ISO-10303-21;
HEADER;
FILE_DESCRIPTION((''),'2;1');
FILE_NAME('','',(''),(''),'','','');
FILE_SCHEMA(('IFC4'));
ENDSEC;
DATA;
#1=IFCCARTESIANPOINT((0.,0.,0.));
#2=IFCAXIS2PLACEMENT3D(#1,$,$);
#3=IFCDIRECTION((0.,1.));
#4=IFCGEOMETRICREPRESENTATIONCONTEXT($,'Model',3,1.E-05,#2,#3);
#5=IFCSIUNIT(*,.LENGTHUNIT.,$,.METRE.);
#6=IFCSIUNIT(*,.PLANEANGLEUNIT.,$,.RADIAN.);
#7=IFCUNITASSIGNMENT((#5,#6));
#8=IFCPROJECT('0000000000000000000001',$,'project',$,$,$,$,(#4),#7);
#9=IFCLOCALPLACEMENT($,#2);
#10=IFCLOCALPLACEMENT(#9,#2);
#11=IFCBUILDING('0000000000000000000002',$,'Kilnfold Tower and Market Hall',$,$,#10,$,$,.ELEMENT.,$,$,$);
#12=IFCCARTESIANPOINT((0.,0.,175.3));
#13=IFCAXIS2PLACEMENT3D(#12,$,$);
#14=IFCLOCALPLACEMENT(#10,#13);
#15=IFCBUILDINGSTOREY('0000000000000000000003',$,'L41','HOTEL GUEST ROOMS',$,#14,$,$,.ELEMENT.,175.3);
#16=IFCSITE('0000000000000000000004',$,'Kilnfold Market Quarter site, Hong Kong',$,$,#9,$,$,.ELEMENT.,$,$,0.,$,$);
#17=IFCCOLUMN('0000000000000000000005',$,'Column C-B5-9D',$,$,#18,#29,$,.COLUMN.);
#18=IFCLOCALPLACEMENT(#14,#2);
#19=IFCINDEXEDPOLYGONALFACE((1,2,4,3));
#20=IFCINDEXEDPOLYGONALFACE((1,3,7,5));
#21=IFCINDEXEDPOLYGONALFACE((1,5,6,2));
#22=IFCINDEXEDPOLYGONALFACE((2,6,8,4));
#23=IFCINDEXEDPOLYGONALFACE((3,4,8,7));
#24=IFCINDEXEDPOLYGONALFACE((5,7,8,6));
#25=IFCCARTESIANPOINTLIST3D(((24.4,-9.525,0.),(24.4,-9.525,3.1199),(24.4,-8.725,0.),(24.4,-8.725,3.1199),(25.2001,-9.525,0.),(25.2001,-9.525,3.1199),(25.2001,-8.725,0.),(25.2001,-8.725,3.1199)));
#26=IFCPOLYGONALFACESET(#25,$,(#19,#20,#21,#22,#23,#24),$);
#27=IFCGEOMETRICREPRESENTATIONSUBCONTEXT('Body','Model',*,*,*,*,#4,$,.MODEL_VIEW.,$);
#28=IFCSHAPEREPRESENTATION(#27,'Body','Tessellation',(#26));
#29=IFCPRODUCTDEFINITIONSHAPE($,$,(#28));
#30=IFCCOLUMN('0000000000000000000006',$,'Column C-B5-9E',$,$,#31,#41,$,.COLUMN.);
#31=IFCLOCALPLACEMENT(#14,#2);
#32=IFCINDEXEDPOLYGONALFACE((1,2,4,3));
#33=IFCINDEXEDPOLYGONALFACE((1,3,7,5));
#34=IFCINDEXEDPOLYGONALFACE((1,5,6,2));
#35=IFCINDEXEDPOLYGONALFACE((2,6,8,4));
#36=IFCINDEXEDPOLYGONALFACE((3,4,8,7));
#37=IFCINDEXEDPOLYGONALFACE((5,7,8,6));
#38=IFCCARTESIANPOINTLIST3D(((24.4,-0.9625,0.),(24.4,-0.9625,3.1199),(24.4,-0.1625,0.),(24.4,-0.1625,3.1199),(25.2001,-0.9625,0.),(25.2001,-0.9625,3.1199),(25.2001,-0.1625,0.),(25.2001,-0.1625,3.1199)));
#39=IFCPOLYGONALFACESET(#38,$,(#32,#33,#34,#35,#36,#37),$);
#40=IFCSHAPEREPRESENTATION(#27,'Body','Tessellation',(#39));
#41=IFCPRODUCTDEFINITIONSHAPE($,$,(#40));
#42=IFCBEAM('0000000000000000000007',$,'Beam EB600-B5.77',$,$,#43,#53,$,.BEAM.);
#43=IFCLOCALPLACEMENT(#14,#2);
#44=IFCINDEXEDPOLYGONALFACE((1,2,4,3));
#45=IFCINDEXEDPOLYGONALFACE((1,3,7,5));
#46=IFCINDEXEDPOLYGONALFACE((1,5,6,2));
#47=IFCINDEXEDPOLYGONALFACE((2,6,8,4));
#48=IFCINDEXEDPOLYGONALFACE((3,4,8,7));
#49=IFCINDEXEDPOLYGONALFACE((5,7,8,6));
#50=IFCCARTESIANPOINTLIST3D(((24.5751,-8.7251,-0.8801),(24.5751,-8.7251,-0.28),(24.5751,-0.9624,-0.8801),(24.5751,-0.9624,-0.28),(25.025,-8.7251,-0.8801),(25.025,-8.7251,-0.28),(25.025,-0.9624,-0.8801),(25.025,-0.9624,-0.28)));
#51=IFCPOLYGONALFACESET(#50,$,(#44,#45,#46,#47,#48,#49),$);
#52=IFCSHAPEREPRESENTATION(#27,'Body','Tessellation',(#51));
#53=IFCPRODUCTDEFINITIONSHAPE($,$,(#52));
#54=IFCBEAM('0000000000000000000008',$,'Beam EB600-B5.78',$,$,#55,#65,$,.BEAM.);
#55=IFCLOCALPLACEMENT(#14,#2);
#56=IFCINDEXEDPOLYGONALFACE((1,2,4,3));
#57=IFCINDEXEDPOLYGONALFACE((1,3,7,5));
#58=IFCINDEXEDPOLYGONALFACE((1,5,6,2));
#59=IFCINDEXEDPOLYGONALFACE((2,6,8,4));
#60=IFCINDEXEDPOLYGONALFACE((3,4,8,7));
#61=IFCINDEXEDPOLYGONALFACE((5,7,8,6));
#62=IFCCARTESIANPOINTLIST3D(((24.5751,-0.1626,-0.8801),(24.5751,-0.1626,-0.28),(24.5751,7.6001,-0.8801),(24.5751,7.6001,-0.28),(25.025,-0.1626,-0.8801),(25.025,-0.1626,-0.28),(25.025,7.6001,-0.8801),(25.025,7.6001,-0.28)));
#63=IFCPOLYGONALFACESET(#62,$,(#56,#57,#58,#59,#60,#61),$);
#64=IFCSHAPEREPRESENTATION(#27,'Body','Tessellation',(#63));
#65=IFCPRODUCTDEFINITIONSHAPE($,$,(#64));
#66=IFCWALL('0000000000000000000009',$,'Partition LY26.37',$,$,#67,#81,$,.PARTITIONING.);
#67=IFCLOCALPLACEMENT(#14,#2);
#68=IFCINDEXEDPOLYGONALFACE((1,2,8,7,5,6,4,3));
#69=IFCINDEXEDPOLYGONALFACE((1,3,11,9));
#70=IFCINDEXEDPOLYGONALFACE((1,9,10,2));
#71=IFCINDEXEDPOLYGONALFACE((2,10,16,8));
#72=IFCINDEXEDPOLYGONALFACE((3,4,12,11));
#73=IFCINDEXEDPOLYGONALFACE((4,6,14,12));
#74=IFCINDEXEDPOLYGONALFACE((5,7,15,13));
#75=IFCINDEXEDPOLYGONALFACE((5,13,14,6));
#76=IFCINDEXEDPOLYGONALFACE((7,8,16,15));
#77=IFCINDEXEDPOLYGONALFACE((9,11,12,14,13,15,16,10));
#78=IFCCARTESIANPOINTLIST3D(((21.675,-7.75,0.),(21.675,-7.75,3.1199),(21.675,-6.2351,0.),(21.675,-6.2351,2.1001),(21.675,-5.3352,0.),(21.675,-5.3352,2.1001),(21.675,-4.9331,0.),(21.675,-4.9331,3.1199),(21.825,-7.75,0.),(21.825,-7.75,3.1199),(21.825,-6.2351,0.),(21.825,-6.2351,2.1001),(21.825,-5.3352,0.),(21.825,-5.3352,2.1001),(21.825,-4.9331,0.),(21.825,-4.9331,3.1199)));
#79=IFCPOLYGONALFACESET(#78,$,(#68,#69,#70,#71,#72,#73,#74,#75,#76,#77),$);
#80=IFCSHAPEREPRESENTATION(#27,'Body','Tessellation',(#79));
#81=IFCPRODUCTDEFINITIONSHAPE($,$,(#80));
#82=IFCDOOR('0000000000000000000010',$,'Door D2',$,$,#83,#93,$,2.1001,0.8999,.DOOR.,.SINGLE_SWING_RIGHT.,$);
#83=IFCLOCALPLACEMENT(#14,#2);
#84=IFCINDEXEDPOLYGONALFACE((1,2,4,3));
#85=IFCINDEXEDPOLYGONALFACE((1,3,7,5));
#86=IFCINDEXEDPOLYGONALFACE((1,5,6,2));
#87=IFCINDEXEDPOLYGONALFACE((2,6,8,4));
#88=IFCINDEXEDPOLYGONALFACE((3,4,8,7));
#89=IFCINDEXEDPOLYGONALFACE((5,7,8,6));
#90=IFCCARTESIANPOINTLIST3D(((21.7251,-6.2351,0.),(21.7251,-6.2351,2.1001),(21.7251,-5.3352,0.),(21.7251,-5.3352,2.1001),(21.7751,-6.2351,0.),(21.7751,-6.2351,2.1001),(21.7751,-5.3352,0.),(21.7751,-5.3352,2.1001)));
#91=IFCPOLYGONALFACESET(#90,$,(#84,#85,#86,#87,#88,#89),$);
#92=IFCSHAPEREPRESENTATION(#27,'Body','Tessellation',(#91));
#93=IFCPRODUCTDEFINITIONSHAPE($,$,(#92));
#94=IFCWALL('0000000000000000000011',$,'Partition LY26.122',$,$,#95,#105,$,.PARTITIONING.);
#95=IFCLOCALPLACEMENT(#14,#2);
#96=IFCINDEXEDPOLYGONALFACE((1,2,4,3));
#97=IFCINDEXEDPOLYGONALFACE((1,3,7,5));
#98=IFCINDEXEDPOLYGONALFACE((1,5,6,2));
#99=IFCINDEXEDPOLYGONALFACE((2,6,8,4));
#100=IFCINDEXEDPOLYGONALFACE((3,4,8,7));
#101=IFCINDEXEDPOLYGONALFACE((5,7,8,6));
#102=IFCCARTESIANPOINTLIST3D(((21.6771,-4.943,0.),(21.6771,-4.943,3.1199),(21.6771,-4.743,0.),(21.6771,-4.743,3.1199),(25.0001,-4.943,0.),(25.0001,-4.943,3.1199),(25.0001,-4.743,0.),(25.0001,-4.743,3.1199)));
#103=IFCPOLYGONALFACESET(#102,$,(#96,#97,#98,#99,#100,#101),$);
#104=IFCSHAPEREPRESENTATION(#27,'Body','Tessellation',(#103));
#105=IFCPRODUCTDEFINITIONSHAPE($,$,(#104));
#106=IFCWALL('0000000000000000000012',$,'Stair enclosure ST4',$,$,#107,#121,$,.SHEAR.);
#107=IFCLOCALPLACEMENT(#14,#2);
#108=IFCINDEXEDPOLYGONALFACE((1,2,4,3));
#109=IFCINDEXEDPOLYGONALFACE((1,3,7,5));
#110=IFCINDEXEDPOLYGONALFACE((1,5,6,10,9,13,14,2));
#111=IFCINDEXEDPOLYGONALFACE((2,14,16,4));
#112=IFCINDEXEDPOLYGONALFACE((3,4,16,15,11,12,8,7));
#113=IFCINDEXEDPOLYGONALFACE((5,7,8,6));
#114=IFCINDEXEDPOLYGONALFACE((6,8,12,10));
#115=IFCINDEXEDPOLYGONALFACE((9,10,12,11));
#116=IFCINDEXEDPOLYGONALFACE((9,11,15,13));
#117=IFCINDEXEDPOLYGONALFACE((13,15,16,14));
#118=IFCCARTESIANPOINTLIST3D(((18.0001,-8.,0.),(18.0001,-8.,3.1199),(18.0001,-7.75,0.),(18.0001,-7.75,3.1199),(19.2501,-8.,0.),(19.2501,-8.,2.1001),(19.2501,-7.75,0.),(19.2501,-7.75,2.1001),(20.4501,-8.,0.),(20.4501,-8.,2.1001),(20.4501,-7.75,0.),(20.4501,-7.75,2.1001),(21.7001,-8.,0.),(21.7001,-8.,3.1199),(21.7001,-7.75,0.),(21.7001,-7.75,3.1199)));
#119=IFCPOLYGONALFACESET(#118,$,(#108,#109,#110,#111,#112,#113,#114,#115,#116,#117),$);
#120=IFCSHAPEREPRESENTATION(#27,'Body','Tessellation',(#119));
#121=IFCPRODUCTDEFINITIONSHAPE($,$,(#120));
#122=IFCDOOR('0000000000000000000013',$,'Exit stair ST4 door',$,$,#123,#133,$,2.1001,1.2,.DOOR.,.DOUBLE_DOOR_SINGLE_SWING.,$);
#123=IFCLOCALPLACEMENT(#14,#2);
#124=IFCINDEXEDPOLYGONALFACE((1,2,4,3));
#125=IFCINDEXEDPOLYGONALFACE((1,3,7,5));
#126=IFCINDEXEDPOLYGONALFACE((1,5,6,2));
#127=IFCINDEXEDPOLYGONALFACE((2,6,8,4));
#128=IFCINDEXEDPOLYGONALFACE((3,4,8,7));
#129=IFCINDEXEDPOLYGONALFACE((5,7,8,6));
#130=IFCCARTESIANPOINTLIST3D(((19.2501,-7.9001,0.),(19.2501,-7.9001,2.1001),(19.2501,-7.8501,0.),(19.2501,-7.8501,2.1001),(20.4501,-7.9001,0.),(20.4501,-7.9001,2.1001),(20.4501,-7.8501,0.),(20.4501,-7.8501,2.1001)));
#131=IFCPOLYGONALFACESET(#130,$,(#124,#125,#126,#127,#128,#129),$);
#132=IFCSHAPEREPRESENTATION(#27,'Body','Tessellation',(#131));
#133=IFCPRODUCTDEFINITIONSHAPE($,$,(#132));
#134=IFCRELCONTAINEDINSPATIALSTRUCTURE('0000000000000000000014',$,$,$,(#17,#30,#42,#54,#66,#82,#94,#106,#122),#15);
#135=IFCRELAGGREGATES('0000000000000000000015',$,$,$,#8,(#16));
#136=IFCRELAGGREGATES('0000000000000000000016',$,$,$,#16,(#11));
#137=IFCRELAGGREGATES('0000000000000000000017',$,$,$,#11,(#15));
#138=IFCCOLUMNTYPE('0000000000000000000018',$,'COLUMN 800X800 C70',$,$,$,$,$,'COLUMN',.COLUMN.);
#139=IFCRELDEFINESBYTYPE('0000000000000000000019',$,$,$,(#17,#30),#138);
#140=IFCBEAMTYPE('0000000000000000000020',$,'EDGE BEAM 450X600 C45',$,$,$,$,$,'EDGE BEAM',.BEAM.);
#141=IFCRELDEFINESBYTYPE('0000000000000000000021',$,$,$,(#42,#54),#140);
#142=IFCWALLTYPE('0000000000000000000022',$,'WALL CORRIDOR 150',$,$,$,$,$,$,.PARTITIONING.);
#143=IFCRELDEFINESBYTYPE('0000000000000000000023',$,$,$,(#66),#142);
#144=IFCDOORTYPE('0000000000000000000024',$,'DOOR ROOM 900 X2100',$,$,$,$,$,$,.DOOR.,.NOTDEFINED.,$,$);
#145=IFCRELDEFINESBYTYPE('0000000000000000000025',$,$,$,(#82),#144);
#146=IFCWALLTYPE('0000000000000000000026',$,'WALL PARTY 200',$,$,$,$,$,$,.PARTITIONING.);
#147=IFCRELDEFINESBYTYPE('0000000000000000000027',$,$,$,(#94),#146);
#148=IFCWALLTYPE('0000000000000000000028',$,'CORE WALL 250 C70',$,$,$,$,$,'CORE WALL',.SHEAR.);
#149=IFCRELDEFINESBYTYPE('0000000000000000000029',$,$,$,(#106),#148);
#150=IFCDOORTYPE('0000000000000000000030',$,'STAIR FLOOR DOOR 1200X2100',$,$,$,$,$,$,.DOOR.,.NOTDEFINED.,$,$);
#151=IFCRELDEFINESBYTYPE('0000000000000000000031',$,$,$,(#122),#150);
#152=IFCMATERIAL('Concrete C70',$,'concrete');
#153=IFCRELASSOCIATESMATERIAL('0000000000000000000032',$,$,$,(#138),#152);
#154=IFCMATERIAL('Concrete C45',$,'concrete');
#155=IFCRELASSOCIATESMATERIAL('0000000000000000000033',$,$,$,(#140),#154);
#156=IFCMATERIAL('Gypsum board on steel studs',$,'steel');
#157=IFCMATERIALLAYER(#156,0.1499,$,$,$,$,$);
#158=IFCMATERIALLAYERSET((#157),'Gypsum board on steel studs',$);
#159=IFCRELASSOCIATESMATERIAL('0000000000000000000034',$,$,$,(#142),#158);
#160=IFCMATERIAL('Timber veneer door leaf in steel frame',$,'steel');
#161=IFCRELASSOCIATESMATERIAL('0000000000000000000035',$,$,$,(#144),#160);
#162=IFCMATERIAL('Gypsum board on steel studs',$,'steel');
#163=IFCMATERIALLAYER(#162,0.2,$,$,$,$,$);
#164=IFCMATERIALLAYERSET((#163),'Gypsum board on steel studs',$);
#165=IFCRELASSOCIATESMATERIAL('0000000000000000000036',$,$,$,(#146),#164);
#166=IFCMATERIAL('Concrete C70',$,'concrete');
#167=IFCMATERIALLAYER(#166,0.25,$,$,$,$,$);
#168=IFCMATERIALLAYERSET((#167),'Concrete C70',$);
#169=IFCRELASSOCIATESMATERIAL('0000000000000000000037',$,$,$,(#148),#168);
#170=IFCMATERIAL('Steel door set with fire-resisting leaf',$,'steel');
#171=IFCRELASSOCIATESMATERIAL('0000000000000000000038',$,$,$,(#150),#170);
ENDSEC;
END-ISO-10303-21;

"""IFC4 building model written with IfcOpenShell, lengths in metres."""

from ifc_helpers import new_model, si_unit, direction, frame, frame_2d, origin, origin_2d, place, context, subcontext, project, spatial, rectangle, extrude, source, transform, mapped, material, layer, layer_set, material_profile, profile_set, type_object, element, fill, save


model = new_model("IFC4")

# Units and contexts
model_context = context("Model", 3, precision=1e-05, world=origin(), true_north=direction((0.0, 1.0)))
body_context = subcontext(model_context, "Body", "Model", "MODEL_VIEW")
ifc_project = project(units=[si_unit("LENGTHUNIT", "METRE"), si_unit("PLANEANGLEUNIT", "RADIAN")], contexts=[model_context])

# Site, building, storey
site_placement = place(None, origin())
site = spatial("IfcSite", under=ifc_project, at=site_placement, Name="Kilnfold Market Quarter site, Hong Kong", CompositionType="ELEMENT", RefElevation=0.0)
building_placement = place(site_placement, origin())
building = spatial("IfcBuilding", under=site, at=building_placement, Name="Kilnfold Tower and Market Hall", CompositionType="ELEMENT")
storey_placement = place(building_placement, frame((0.0, 0.0, 175.3)))
storey = spatial("IfcBuildingStorey", under=building, at=storey_placement, Name="L41", Description="HOTEL GUEST ROOMS", CompositionType="ELEMENT", Elevation=175.3)

# Columns
ifc_material_1 = material(Name="Concrete C70", Category="concrete")
ifc_material_profile_1 = material_profile(ifc_material_1, rectangle(XDim=0.8, YDim=0.8, at=origin_2d()), Name="RC 800x800")
ifc_profile_set_1 = profile_set([ifc_material_profile_1], Name="Concrete C70")
column_type = type_object("IfcColumnType", Name="COLUMN 800X800 C70", ElementType="COLUMN", PredefinedType="COLUMN", material=ifc_profile_set_1)
shared_shape_1 = source(origin(), body_context, "Body", "SweptSolid", [
    extrude(rectangle(XDim=0.8, YDim=0.8, at=origin_2d()), origin(), (0.0, 0.0, 1.0), 3.1199),
])
for number, where, z_axis, x_axis, name in (
    (1, (24.8, -9.125, 0.0), (0.0, 0.0, 1.0), (1.0, 0.0, 0.0), "Column C-B5-9D"),
    (2, (24.8, -0.5625, 0.0), (0.0, 0.0, 1.0), (1.0, 0.0, 0.0), "Column C-B5-9E"),
):
    element("IfcColumn", number, at=place(storey_placement, frame(where, z_axis=z_axis, x_axis=x_axis)), inside=storey, type_object=column_type, Name=name, PredefinedType="COLUMN", context=body_context, shape_type="MappedRepresentation", body=[
        mapped(shared_shape_1, transform((0.0, 0.0, 0.0))),
    ])

# Beams
ifc_material_2 = material(Name="Concrete C45", Category="concrete")
ifc_material_profile_2 = material_profile(ifc_material_2, rectangle(XDim=0.45, YDim=0.6001, at=origin_2d()), Name="RC 450x600")
ifc_profile_set_2 = profile_set([ifc_material_profile_2], Name="Concrete C45")
beam_type = type_object("IfcBeamType", Name="EDGE BEAM 450X600 C45", ElementType="EDGE BEAM", PredefinedType="BEAM", material=ifc_profile_set_2)
shared_shape_2 = source(origin(), body_context, "Body", "SweptSolid", [
    extrude(rectangle(XDim=0.45, YDim=0.6001, at=origin_2d()), origin(), (0.0, 0.0, 1.0), 7.7627),
])
for number, where, z_axis, x_axis, name in (
    (3, (24.8, -8.7251, -0.5801), (0.0, 1.0, 0.0), (-1.0, 0.0, 0.0), "Beam EB600-B5.77"),
    (4, (24.8, -0.1626, -0.5801), (0.0, 1.0, 0.0), (-1.0, 0.0, 0.0), "Beam EB600-B5.78"),
):
    element("IfcBeam", number, at=place(storey_placement, frame(where, z_axis=z_axis, x_axis=x_axis)), inside=storey, type_object=beam_type, Name=name, PredefinedType="BEAM", context=body_context, shape_type="MappedRepresentation", body=[
        mapped(shared_shape_2, transform((0.0, 0.0, 0.0))),
    ])

# Wall, opening, door
ifc_material_3 = material(Name="Gypsum board on steel studs", Category="steel")
ifc_layer_1 = layer(ifc_material_3, 0.1499)
ifc_layer_set_1 = layer_set([ifc_layer_1], Name="Gypsum board on steel studs")
wall_type_1 = type_object("IfcWallType", Name="WALL CORRIDOR 150", PredefinedType="PARTITIONING", material=ifc_layer_set_1)
wall_1_placement = place(storey_placement, frame((21.75, -7.75, 0.0), z_axis=(0.0, 0.0, 1.0), x_axis=(0.0, 1.0, 0.0)))
wall_1 = element("IfcWall", 5, at=wall_1_placement, inside=storey, type_object=wall_type_1, Name="Partition LY26.37", PredefinedType="PARTITIONING", context=body_context, shape_type="SweptSolid", body=[
    extrude(rectangle(XDim=2.8169, YDim=0.1499, at=frame_2d((1.4084, 0.0))), origin(), (0.0, 0.0, 1.0), 3.1199),
])
opening_1_placement = place(wall_1_placement, frame((1.5149, 0.0, 0.0)))
opening_1 = element("IfcOpeningElement", 6, at=opening_1_placement, cuts=wall_1, PredefinedType="OPENING", context=body_context, shape_type="SweptSolid", body=[
    extrude(rectangle(XDim=0.8999, YDim=2.1001, at=frame_2d((0.45, 1.05))), frame((0.0, 0.085, 0.0), z_axis=(0.0, -1.0, 0.0), x_axis=(1.0, 0.0, 0.0)), (0.0, 0.0, 1.0), 0.1699),
])
ifc_material_4 = material(Name="Timber veneer door leaf in steel frame", Category="steel")
door_type_1 = type_object("IfcDoorType", Name="DOOR ROOM 900 X2100", OperationType="NOTDEFINED", PredefinedType="DOOR", material=ifc_material_4)
door_1_placement = place(opening_1_placement, origin())
door_1 = element("IfcDoor", 7, at=door_1_placement, inside=storey, type_object=door_type_1, Name="Door D2", OperationType="SINGLE_SWING_RIGHT", OverallHeight=2.1001, OverallWidth=0.8999, PredefinedType="DOOR", context=body_context, shape_type="SweptSolid", body=[
    extrude(rectangle(XDim=0.8999, YDim=2.1001, at=frame_2d((0.45, 1.05))), frame((0.0, 0.0249, 0.0), z_axis=(0.0, -1.0, 0.0), x_axis=(1.0, 0.0, 0.0)), (0.0, 0.0, 1.0), 0.05),
])
fill(opening_1, door_1)

# Wall
ifc_material_5 = material(Name="Gypsum board on steel studs", Category="steel")
ifc_layer_2 = layer(ifc_material_5, 0.2)
ifc_layer_set_2 = layer_set([ifc_layer_2], Name="Gypsum board on steel studs")
wall_type_2 = type_object("IfcWallType", Name="WALL PARTY 200", PredefinedType="PARTITIONING", material=ifc_layer_set_2)
wall_2_placement = place(storey_placement, frame((21.677, -4.843, 0.0), z_axis=(0.0, 0.0, 1.0), x_axis=(1.0, 0.0, 0.0)))
element("IfcWall", 8, at=wall_2_placement, inside=storey, type_object=wall_type_2, Name="Partition LY26.122", PredefinedType="PARTITIONING", context=body_context, shape_type="SweptSolid", body=[
    extrude(rectangle(XDim=3.323, YDim=0.2, at=frame_2d((1.6616, 0.0))), origin(), (0.0, 0.0, 1.0), 3.1199),
])

# Wall, opening, door
ifc_material_6 = material(Name="Concrete C70", Category="concrete")
ifc_layer_3 = layer(ifc_material_6, 0.25)
ifc_layer_set_3 = layer_set([ifc_layer_3], Name="Concrete C70")
wall_type_3 = type_object("IfcWallType", Name="CORE WALL 250 C70", ElementType="CORE WALL", PredefinedType="SHEAR", material=ifc_layer_set_3)
shared_shape_3 = source(origin(), body_context, "Body", "SweptSolid", [
    extrude(rectangle(XDim=3.7, YDim=0.25, at=frame_2d((1.8501, 0.0))), origin(), (0.0, 0.0, 1.0), 3.1199),
])
wall_3_placement = place(storey_placement, frame((18.0, -7.875, 0.0), z_axis=(0.0, 0.0, 1.0), x_axis=(1.0, 0.0, 0.0)))
wall_3 = element("IfcWall", 9, at=wall_3_placement, inside=storey, type_object=wall_type_3, Name="Stair enclosure ST4", PredefinedType="SHEAR", context=body_context, shape_type="MappedRepresentation", body=[
    mapped(shared_shape_3, transform((0.0, 0.0, 0.0))),
])
opening_2_placement = place(wall_3_placement, frame((1.25, 0.0, 0.0)))
opening_2 = element("IfcOpeningElement", 10, at=opening_2_placement, cuts=wall_3, PredefinedType="OPENING", context=body_context, shape_type="SweptSolid", body=[
    extrude(rectangle(XDim=1.2, YDim=2.1001, at=frame_2d((0.6001, 1.05))), frame((0.0, 0.135, 0.0), z_axis=(0.0, -1.0, 0.0), x_axis=(1.0, 0.0, 0.0)), (0.0, 0.0, 1.0), 0.27),
])
ifc_material_7 = material(Name="Steel door set with fire-resisting leaf", Category="steel")
door_type_2 = type_object("IfcDoorType", Name="STAIR FLOOR DOOR 1200X2100", OperationType="NOTDEFINED", PredefinedType="DOOR", material=ifc_material_7)
door_2_placement = place(opening_2_placement, origin())
door_2 = element("IfcDoor", 11, at=door_2_placement, inside=storey, type_object=door_type_2, Name="Exit stair ST4 door", OperationType="DOUBLE_DOOR_SINGLE_SWING", OverallHeight=2.1001, OverallWidth=1.2, PredefinedType="DOOR", context=body_context, shape_type="SweptSolid", body=[
    extrude(rectangle(XDim=1.2, YDim=2.1001, at=frame_2d((0.6001, 1.05))), frame((0.0, 0.0249, 0.0), z_axis=(0.0, -1.0, 0.0), x_axis=(1.0, 0.0, 0.0)), (0.0, 0.0, 1.0), 0.05),
])
fill(opening_2, door_2)

save(model, "model.ifc")
